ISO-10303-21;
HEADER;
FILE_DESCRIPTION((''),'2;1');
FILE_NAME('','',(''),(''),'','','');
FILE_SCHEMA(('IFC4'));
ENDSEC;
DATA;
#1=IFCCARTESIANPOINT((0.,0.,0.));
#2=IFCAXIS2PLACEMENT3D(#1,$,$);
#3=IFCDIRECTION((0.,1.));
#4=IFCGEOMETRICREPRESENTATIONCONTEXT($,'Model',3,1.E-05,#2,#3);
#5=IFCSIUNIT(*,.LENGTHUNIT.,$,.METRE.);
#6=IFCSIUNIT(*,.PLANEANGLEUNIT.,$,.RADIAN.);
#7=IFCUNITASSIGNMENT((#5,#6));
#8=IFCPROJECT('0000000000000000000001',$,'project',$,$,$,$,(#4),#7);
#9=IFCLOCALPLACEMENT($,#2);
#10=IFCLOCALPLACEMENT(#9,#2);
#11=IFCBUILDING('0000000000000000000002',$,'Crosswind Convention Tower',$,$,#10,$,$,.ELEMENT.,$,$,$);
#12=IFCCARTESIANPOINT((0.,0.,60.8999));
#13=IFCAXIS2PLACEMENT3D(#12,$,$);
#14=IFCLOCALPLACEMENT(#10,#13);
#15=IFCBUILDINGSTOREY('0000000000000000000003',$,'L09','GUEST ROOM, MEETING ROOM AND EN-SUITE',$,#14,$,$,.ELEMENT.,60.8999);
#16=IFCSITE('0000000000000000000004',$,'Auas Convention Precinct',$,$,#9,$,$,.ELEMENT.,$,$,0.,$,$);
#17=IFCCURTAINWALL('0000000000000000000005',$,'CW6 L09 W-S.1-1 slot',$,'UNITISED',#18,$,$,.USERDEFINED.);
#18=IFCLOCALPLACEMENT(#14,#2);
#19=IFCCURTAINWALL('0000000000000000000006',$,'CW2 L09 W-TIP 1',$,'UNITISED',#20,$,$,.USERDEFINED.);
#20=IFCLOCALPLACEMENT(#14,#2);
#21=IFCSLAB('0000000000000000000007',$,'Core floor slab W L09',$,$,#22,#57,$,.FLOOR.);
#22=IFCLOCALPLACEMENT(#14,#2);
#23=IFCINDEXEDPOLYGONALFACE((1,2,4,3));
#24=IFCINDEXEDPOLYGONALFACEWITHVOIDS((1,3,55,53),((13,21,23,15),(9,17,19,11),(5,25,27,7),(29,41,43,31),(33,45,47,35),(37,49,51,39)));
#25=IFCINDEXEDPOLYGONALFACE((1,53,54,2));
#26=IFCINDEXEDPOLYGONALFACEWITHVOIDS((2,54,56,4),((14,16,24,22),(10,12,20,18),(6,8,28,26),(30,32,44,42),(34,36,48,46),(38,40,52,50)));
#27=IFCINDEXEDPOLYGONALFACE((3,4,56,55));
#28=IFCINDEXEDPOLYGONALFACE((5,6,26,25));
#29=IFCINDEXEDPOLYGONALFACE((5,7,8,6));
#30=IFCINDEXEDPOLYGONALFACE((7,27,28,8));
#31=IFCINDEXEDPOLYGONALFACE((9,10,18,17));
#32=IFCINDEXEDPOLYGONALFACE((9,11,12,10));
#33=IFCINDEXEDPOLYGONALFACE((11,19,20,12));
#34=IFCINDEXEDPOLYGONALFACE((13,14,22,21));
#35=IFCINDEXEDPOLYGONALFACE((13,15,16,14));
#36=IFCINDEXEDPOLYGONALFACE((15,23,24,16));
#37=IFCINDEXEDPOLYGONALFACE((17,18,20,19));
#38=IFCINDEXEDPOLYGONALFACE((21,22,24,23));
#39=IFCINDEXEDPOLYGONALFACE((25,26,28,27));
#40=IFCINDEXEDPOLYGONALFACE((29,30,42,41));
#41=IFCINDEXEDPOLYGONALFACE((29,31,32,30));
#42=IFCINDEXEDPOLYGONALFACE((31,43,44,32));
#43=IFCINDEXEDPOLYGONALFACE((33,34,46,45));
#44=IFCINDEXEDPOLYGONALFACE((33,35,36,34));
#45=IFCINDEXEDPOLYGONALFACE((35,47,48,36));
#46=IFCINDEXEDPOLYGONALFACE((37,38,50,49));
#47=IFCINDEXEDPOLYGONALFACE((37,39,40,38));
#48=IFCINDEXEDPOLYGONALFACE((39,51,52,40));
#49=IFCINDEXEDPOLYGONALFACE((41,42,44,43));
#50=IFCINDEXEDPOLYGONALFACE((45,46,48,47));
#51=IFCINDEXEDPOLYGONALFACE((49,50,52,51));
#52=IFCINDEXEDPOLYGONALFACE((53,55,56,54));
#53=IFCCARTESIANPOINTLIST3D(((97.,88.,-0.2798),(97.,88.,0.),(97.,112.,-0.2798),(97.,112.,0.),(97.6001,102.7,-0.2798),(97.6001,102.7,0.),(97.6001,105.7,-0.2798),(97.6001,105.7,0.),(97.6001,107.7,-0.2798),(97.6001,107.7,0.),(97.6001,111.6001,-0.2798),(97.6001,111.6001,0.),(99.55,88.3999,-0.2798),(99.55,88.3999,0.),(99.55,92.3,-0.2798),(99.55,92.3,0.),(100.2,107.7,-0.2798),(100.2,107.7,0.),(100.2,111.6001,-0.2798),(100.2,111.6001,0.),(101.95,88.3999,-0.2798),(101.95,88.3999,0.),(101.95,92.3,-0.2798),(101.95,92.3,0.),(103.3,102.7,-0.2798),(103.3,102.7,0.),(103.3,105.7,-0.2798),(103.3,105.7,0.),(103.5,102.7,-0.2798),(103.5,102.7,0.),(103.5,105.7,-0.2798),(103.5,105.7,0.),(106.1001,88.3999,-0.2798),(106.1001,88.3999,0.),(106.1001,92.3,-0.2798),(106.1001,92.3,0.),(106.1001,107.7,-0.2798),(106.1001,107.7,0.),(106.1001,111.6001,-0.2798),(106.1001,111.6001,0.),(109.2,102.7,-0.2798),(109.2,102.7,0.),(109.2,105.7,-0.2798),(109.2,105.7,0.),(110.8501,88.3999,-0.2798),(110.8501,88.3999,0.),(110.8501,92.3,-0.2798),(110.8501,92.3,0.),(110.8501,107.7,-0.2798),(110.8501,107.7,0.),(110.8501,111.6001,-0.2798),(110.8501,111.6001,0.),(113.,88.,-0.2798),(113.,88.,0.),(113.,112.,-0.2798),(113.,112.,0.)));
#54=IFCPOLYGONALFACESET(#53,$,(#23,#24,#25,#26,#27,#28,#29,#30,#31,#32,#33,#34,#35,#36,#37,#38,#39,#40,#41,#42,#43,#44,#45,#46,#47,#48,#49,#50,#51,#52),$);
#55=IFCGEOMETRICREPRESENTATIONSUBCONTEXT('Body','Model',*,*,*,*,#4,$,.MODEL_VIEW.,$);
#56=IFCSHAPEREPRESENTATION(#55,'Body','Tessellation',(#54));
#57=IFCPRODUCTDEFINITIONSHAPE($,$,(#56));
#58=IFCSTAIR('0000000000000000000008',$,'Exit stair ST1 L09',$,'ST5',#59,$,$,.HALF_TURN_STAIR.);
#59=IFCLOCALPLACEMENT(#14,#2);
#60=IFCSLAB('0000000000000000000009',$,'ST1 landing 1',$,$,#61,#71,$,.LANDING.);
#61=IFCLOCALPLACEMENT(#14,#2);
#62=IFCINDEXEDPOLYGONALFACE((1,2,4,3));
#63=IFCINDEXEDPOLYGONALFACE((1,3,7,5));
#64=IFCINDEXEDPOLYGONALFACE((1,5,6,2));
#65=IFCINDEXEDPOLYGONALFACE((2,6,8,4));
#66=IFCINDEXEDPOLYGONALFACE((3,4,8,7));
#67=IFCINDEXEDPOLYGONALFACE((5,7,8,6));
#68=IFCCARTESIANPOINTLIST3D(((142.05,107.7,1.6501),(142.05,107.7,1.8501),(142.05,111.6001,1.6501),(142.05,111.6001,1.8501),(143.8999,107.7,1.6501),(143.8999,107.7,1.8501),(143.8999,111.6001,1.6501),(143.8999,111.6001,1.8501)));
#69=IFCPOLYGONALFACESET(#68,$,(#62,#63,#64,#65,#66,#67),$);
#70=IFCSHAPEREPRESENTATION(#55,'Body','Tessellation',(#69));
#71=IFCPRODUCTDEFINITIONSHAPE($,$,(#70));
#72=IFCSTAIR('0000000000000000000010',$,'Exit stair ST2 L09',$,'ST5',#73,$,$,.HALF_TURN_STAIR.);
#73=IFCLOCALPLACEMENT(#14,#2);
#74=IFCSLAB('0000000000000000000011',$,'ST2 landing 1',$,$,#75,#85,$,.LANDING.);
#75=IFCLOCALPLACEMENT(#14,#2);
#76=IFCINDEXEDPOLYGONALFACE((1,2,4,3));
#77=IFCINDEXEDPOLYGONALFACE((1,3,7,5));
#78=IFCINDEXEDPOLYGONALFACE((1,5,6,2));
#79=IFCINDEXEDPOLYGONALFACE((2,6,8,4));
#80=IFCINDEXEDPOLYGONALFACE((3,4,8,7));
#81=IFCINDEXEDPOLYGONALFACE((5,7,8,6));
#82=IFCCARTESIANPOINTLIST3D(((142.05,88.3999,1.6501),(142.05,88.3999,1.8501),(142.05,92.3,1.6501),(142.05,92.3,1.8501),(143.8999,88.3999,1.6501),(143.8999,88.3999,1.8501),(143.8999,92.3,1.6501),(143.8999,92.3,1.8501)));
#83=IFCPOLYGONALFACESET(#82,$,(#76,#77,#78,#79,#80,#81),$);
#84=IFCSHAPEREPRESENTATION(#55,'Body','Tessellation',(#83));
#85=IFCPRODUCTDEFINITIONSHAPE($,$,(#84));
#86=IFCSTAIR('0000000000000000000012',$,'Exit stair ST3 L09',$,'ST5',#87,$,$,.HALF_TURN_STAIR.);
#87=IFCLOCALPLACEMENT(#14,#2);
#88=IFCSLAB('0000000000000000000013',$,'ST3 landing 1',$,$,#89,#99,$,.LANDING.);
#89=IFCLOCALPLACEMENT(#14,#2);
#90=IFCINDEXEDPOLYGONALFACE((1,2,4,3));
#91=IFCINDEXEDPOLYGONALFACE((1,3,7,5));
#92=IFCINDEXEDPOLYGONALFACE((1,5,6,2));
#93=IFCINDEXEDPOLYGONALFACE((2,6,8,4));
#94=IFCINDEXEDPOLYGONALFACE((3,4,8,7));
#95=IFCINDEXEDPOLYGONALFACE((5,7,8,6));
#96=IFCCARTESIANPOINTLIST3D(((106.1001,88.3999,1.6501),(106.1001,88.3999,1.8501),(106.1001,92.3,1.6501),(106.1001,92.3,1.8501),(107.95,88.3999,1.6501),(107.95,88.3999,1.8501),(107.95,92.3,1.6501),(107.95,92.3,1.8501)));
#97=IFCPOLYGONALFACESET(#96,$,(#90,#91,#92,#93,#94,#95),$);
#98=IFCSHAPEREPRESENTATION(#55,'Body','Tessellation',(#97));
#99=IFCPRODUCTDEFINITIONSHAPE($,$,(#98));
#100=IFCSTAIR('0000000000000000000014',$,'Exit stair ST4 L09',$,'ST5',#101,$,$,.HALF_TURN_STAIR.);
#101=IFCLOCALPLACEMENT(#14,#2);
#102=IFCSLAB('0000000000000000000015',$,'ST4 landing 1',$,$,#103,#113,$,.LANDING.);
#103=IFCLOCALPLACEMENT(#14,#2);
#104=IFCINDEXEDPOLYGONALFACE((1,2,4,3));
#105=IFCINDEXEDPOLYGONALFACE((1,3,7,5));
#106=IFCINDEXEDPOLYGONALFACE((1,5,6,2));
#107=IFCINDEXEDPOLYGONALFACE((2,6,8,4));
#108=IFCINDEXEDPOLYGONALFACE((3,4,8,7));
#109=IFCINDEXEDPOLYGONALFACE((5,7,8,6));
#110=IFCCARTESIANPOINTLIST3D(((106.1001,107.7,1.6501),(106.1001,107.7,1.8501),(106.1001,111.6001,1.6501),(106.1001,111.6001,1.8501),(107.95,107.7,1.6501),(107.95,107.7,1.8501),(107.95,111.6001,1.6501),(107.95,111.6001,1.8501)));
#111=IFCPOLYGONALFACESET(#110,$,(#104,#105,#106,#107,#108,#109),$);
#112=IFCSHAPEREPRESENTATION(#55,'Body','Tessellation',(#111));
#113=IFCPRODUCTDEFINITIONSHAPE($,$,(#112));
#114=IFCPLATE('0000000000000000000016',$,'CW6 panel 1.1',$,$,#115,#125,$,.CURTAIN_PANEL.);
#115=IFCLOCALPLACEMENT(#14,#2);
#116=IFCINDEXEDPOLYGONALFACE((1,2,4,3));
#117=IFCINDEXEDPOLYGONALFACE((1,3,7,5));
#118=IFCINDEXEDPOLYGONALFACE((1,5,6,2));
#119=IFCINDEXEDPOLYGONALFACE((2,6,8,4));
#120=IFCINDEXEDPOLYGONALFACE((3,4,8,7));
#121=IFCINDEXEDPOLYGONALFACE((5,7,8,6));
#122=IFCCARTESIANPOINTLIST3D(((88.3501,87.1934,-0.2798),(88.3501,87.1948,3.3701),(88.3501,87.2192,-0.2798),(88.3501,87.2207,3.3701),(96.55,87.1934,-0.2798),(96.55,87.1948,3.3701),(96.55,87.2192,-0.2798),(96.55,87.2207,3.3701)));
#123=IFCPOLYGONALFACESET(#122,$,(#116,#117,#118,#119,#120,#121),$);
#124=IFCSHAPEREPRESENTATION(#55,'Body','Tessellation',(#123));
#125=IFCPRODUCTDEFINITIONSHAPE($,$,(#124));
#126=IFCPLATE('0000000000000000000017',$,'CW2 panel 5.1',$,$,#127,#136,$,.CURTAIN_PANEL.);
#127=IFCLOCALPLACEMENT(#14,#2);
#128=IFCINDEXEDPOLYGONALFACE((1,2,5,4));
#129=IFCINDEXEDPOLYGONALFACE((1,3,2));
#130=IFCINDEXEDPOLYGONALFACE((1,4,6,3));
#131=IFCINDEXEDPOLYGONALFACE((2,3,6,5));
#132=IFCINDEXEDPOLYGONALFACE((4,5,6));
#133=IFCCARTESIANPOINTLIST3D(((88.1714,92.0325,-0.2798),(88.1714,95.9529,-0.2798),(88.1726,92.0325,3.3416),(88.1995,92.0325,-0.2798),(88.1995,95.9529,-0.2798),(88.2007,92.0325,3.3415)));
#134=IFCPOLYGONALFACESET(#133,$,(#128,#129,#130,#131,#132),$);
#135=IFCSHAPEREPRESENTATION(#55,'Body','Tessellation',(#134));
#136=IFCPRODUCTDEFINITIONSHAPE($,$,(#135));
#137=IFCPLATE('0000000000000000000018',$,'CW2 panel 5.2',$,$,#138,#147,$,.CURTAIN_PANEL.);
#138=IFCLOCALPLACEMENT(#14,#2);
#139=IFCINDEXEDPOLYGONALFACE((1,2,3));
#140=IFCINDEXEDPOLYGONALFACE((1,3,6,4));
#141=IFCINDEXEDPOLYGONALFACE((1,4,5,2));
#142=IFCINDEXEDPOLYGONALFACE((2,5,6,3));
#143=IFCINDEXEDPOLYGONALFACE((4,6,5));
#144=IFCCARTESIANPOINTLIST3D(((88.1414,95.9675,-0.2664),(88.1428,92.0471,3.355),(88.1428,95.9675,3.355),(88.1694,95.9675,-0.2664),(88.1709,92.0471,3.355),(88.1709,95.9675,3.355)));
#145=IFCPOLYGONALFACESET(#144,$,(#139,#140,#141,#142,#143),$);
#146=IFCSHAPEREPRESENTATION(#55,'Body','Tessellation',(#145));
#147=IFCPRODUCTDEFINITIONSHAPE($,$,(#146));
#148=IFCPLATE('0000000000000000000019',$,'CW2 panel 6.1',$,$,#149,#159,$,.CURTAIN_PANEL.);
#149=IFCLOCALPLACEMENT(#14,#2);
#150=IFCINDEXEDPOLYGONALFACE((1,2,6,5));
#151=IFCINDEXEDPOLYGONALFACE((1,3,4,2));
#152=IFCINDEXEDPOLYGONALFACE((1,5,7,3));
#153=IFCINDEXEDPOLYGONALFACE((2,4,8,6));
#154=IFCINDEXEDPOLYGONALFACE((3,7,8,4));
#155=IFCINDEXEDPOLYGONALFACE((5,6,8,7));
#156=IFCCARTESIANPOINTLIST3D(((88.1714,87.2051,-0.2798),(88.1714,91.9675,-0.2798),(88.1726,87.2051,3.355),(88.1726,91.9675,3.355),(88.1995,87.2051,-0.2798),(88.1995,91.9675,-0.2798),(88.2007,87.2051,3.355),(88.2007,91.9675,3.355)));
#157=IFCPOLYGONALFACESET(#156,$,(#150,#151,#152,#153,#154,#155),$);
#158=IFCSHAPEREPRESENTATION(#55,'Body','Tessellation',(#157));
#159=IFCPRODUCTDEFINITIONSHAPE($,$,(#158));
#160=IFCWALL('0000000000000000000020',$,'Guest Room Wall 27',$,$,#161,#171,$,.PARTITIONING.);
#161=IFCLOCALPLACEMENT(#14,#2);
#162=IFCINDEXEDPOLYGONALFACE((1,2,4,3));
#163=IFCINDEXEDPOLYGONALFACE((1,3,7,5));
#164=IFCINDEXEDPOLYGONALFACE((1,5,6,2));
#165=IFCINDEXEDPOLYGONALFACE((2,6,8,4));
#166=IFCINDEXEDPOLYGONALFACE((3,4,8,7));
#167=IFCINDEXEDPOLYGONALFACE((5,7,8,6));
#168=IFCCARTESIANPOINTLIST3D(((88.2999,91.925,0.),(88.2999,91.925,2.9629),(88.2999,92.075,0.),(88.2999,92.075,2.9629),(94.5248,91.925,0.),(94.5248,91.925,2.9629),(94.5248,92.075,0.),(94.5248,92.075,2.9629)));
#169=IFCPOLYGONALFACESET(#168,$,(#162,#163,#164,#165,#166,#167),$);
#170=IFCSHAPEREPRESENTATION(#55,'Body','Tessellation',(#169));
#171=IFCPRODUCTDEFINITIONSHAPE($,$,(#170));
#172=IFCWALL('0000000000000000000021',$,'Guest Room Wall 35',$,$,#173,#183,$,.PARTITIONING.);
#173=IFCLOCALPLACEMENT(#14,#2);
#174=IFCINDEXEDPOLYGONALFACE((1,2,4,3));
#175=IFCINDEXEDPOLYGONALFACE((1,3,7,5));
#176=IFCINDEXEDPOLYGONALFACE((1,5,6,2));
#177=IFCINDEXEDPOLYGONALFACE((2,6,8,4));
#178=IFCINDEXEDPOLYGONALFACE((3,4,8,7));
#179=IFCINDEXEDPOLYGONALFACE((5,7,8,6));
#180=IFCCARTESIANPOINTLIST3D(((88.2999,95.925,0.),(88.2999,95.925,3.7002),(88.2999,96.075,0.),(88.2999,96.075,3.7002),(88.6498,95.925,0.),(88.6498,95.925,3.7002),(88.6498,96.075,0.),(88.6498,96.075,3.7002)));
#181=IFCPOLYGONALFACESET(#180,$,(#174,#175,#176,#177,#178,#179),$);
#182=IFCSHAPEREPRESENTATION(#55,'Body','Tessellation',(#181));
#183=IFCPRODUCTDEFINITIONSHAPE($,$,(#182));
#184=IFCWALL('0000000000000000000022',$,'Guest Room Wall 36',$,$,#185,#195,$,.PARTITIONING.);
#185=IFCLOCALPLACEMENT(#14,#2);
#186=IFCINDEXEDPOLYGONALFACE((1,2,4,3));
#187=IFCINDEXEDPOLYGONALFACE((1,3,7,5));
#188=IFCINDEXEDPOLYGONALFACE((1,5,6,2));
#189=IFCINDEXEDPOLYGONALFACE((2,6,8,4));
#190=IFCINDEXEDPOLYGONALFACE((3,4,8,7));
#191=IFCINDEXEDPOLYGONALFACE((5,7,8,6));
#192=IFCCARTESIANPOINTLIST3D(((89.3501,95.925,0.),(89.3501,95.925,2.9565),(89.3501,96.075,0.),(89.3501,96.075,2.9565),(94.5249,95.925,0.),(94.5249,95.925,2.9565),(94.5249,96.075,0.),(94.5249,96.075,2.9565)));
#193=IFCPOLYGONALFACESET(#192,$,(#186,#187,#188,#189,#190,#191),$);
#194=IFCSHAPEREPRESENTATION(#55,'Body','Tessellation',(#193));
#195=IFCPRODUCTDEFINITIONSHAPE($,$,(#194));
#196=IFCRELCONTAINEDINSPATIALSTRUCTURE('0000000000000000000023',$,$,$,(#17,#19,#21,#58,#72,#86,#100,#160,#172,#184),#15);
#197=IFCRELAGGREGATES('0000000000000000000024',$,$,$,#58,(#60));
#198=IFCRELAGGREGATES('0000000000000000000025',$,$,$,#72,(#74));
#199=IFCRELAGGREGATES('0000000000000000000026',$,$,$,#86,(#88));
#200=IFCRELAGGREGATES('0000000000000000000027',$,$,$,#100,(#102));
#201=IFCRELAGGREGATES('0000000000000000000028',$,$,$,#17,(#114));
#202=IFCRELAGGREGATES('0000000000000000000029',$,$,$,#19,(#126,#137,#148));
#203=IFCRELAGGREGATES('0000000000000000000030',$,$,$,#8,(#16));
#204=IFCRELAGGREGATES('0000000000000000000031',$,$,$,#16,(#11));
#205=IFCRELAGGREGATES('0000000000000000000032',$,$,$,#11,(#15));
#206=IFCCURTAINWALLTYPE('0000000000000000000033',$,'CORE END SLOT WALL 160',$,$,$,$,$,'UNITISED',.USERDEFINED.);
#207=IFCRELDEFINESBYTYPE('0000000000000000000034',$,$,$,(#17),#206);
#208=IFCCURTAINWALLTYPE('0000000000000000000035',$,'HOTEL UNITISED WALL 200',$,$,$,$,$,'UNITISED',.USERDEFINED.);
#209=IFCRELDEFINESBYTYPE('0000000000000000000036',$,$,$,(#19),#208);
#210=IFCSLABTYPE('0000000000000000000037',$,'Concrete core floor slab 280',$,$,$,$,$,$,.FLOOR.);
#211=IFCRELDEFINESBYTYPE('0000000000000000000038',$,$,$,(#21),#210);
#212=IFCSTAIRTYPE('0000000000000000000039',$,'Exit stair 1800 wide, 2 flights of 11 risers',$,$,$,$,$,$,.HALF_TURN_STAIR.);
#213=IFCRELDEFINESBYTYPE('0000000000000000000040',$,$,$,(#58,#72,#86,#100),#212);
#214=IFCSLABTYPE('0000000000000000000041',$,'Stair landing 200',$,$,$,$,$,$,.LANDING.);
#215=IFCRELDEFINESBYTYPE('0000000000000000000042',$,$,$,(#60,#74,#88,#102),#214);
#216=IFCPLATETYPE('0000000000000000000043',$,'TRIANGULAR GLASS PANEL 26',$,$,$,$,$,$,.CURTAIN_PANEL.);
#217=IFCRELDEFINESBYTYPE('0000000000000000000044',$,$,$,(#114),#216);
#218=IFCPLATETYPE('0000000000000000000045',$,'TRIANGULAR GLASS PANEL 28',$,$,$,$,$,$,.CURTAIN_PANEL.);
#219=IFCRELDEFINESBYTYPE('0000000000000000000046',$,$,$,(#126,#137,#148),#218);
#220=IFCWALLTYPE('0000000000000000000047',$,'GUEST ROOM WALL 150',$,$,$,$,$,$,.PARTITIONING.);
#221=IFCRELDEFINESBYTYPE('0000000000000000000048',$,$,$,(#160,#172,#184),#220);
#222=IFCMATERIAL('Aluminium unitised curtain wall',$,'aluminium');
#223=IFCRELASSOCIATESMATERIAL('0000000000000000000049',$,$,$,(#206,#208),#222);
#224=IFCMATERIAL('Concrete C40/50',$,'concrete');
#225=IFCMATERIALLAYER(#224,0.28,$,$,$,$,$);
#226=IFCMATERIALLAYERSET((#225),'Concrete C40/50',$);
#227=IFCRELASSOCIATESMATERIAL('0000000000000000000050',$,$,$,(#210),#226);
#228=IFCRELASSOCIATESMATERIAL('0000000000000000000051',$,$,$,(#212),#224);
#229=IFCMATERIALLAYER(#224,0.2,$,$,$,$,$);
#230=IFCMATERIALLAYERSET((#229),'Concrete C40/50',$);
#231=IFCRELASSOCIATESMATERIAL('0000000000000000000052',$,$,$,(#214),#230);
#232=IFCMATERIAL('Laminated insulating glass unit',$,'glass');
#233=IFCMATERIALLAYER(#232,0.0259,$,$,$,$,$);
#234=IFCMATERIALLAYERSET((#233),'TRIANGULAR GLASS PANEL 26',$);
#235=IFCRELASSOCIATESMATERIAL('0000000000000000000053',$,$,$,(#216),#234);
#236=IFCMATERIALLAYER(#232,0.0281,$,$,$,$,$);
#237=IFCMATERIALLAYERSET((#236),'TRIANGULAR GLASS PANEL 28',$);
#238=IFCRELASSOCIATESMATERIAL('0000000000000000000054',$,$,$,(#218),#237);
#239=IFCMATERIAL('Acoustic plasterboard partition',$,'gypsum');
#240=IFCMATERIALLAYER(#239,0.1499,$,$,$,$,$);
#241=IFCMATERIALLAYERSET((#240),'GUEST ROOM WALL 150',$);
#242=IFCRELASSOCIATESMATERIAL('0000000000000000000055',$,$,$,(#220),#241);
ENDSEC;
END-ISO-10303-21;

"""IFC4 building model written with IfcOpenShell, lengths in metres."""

from ifc_helpers import new_model, si_unit, direction, frame, frame_2d, origin, place, context, subcontext, project, spatial, polyline, rectangle, outline, extrude, material, layer, layer_set, type_object, element, aggregate, save


model = new_model("IFC4")

# Units and contexts
model_context = context("Model", 3, precision=1e-05, world=origin(), true_north=direction((0.0, 1.0)))
body_context = subcontext(model_context, "Body", "Model", "MODEL_VIEW")
ifc_project = project(units=[si_unit("LENGTHUNIT", "METRE"), si_unit("PLANEANGLEUNIT", "RADIAN")], contexts=[model_context])

# Site, building, storey
site_placement = place(None, origin())
site = spatial("IfcSite", under=ifc_project, at=site_placement, Name="Auas Convention Precinct", CompositionType="ELEMENT", RefElevation=0.0)
building_placement = place(site_placement, origin())
building = spatial("IfcBuilding", under=site, at=building_placement, Name="Crosswind Convention Tower", CompositionType="ELEMENT")
storey_placement = place(building_placement, frame((0.0, 0.0, 60.8999)))
storey = spatial("IfcBuildingStorey", under=building, at=storey_placement, Name="L09", Description="GUEST ROOM, MEETING ROOM AND EN-SUITE", CompositionType="ELEMENT", Elevation=60.8999)

# Curtain wall
ifc_material_1 = material(Name="Aluminium unitised curtain wall", Category="aluminium")
curtain_wall_type_1 = type_object("IfcCurtainWallType", Name="CORE END SLOT WALL 160", ElementType="UNITISED", PredefinedType="USERDEFINED", material=ifc_material_1)
curtain_wall_1_placement = place(storey_placement, origin())
curtain_wall_1 = element("IfcCurtainWall", 1, at=curtain_wall_1_placement, inside=storey, type_object=curtain_wall_type_1, Name="CW6 L09 W-S.1-1 slot", ObjectType="UNITISED", PredefinedType="USERDEFINED")

# Curtain wall
curtain_wall_type_2 = type_object("IfcCurtainWallType", Name="HOTEL UNITISED WALL 200", ElementType="UNITISED", PredefinedType="USERDEFINED", material=ifc_material_1)
curtain_wall_2_placement = place(storey_placement, origin())
curtain_wall_2 = element("IfcCurtainWall", 2, at=curtain_wall_2_placement, inside=storey, type_object=curtain_wall_type_2, Name="CW2 L09 W-TIP 1", ObjectType="UNITISED", PredefinedType="USERDEFINED")

# Slab
ifc_material_2 = material(Name="Concrete C40/50", Category="concrete")
ifc_layer_1 = layer(ifc_material_2, 0.28)
ifc_layer_set_1 = layer_set([ifc_layer_1], Name="Concrete C40/50")
slab_type_1 = type_object("IfcSlabType", Name="Concrete core floor slab 280", PredefinedType="FLOOR", material=ifc_layer_set_1)
slab_1_placement = place(storey_placement, frame((0.0, 0.0, -0.2798)))
element("IfcSlab", 3, at=slab_1_placement, inside=storey, type_object=slab_type_1, Name="Core floor slab W L09", PredefinedType="FLOOR", context=body_context, shape_type="SweptSolid", body=[
    extrude(outline(polyline([(97.0, 88.0), (113.0, 88.0), (113.0, 112.0), (97.0, 112.0), (97.0, 88.0)]), holes=[polyline([(109.2, 102.7), (109.2, 105.7), (103.5, 105.7), (103.5, 102.7), (109.2, 102.7)]), polyline([(103.3, 102.7), (103.3, 105.7), (97.6001, 105.7), (97.6001, 102.7), (103.3, 102.7)]), polyline([(101.95, 88.3999), (101.95, 92.3), (99.55, 92.3), (99.55, 88.3999), (101.95, 88.3999)]), polyline([(100.2, 107.7), (100.2, 111.6001), (97.6001, 111.6001), (97.6001, 107.7), (100.2, 107.7)]), polyline([(110.8501, 88.3999), (110.8501, 92.3), (106.1001, 92.3), (106.1001, 88.3999), (110.8501, 88.3999)]), polyline([(110.8501, 107.7), (110.8501, 111.6001), (106.1001, 111.6001), (106.1001, 107.7), (110.8501, 107.7)])]), origin(), (0.0, 0.0, 1.0), 0.2798),
])

# Stairs, slabs
stair_type = type_object("IfcStairType", Name="Exit stair 1800 wide, 2 flights of 11 risers", PredefinedType="HALF_TURN_STAIR", material=ifc_material_2)
stair_1_placement = place(storey_placement, origin())
stair_1 = element("IfcStair", 4, at=stair_1_placement, inside=storey, type_object=stair_type, Name="Exit stair ST1 L09", ObjectType="ST5", PredefinedType="HALF_TURN_STAIR")
ifc_layer_2 = layer(ifc_material_2, 0.2)
ifc_layer_set_2 = layer_set([ifc_layer_2], Name="Concrete C40/50")
slab_type_2 = type_object("IfcSlabType", Name="Stair landing 200", PredefinedType="LANDING", material=ifc_layer_set_2)
slab_2_placement = place(storey_placement, frame((0.0, 0.0, 1.6501)))
slab_2 = element("IfcSlab", 5, at=slab_2_placement, type_object=slab_type_2, Name="ST1 landing 1", PredefinedType="LANDING", context=body_context, shape_type="SweptSolid", body=[
    extrude(outline(polyline([(143.8999, 107.7), (143.8999, 111.6001), (142.05, 111.6001), (142.05, 107.7), (143.8999, 107.7)])), origin(), (0.0, 0.0, 1.0), 0.2),
])
aggregate(stair_1, [slab_2])
stair_2_placement = place(storey_placement, origin())
stair_2 = element("IfcStair", 6, at=stair_2_placement, inside=storey, type_object=stair_type, Name="Exit stair ST2 L09", ObjectType="ST5", PredefinedType="HALF_TURN_STAIR")
slab_3_placement = place(storey_placement, frame((0.0, 0.0, 1.6501)))
slab_3 = element("IfcSlab", 7, at=slab_3_placement, type_object=slab_type_2, Name="ST2 landing 1", PredefinedType="LANDING", context=body_context, shape_type="SweptSolid", body=[
    extrude(outline(polyline([(143.8999, 88.3999), (143.8999, 92.3), (142.05, 92.3), (142.05, 88.3999), (143.8999, 88.3999)])), origin(), (0.0, 0.0, 1.0), 0.2),
])
aggregate(stair_2, [slab_3])
stair_3_placement = place(storey_placement, origin())
stair_3 = element("IfcStair", 8, at=stair_3_placement, inside=storey, type_object=stair_type, Name="Exit stair ST3 L09", ObjectType="ST5", PredefinedType="HALF_TURN_STAIR")
slab_4_placement = place(storey_placement, frame((0.0, 0.0, 1.6501)))
slab_4 = element("IfcSlab", 9, at=slab_4_placement, type_object=slab_type_2, Name="ST3 landing 1", PredefinedType="LANDING", context=body_context, shape_type="SweptSolid", body=[
    extrude(outline(polyline([(107.95, 88.3999), (107.95, 92.3), (106.1001, 92.3), (106.1001, 88.3999), (107.95, 88.3999)])), origin(), (0.0, 0.0, 1.0), 0.2),
])
aggregate(stair_3, [slab_4])
stair_4_placement = place(storey_placement, origin())
stair_4 = element("IfcStair", 10, at=stair_4_placement, inside=storey, type_object=stair_type, Name="Exit stair ST4 L09", ObjectType="ST5", PredefinedType="HALF_TURN_STAIR")
slab_5_placement = place(storey_placement, frame((0.0, 0.0, 1.6501)))
slab_5 = element("IfcSlab", 11, at=slab_5_placement, type_object=slab_type_2, Name="ST4 landing 1", PredefinedType="LANDING", context=body_context, shape_type="SweptSolid", body=[
    extrude(outline(polyline([(107.95, 107.7), (107.95, 111.6001), (106.1001, 111.6001), (106.1001, 107.7), (107.95, 107.7)])), origin(), (0.0, 0.0, 1.0), 0.2),
])
aggregate(stair_4, [slab_5])

# Plates
ifc_material_3 = material(Name="Laminated insulating glass unit", Category="glass")
ifc_layer_3 = layer(ifc_material_3, 0.0259)
ifc_layer_set_3 = layer_set([ifc_layer_3], Name="TRIANGULAR GLASS PANEL 26")
plate_type_1 = type_object("IfcPlateType", Name="TRIANGULAR GLASS PANEL 26", PredefinedType="CURTAIN_PANEL", material=ifc_layer_set_3)
plate_1_placement = place(storey_placement, frame((88.3501, 87.1934, -0.2798), z_axis=(0.0, -1.0, 0.000401), x_axis=(1.0, 0.0, 0.0)))
plate_1 = element("IfcPlate", 12, at=plate_1_placement, type_object=plate_type_1, Name="CW6 panel 1.1", PredefinedType="CURTAIN_PANEL", context=body_context, shape_type="SweptSolid", body=[
    extrude(outline(polyline([(0.0, 0.0), (8.2, 0.0), (8.2, 3.6499), (0.0, 3.6499), (0.0, 0.0)])), origin(), (0.0, 0.0, -1.0), 0.0259),
])
aggregate(curtain_wall_1, [plate_1])
ifc_layer_4 = layer(ifc_material_3, 0.0281)
ifc_layer_set_4 = layer_set([ifc_layer_4], Name="TRIANGULAR GLASS PANEL 28")
plate_type_2 = type_object("IfcPlateType", Name="TRIANGULAR GLASS PANEL 28", PredefinedType="CURTAIN_PANEL", material=ifc_layer_set_4)
plate_2_placement = place(storey_placement, frame((88.1714, 92.0325, -0.2798), z_axis=(-1.0, 0.0, 0.000337), x_axis=(0.000337, 0.0, 1.0)))
plate_2 = element("IfcPlate", 13, at=plate_2_placement, type_object=plate_type_2, Name="CW2 panel 5.1", PredefinedType="CURTAIN_PANEL", context=body_context, shape_type="SweptSolid", body=[
    extrude(outline(polyline([(0.0, 0.0), (3.6213, 0.0), (0.0, 3.9204), (0.0, 0.0)])), origin(), (0.0, 0.0, -1.0), 0.0281),
])
plate_3_placement = place(storey_placement, frame((88.1428, 95.9675, 3.355), z_axis=(-1.0, 0.0, 0.000405), x_axis=(-0.000405, 0.0, -1.0)))
plate_3 = element("IfcPlate", 14, at=plate_3_placement, type_object=plate_type_2, Name="CW2 panel 5.2", PredefinedType="CURTAIN_PANEL", context=body_context, shape_type="SweptSolid", body=[
    extrude(outline(polyline([(0.0, 0.0), (3.6213, 0.0), (0.0, 3.9204), (0.0, 0.0)])), origin(), (0.0, 0.0, -1.0), 0.0281),
])
plate_4_placement = place(storey_placement, frame((88.1714, 91.9675, -0.2798), z_axis=(-1.0, 0.0, 0.000336), x_axis=(0.0, -1.0, 0.0)))
plate_4 = element("IfcPlate", 15, at=plate_4_placement, type_object=plate_type_2, Name="CW2 panel 6.1", PredefinedType="CURTAIN_PANEL", context=body_context, shape_type="SweptSolid", body=[
    extrude(outline(polyline([(0.0, 0.0), (4.7625, 0.0), (4.7625, 3.6348), (0.0, 3.6348), (0.0, 0.0)])), origin(), (0.0, 0.0, -1.0), 0.0281),
])
aggregate(curtain_wall_2, [plate_2, plate_3, plate_4])

# Walls
ifc_material_4 = material(Name="Acoustic plasterboard partition", Category="gypsum")
ifc_layer_5 = layer(ifc_material_4, 0.1499)
ifc_layer_set_5 = layer_set([ifc_layer_5], Name="GUEST ROOM WALL 150")
wall_type_1 = type_object("IfcWallType", Name="GUEST ROOM WALL 150", PredefinedType="PARTITIONING", material=ifc_layer_set_5)
wall_1_placement = place(storey_placement, frame((88.3, 92.0, 0.0), z_axis=(0.0, 0.0, 1.0), x_axis=(1.0, 0.0, 0.0)))
element("IfcWall", 16, at=wall_1_placement, inside=storey, type_object=wall_type_1, Name="Guest Room Wall 27", PredefinedType="PARTITIONING", context=body_context, shape_type="SweptSolid", body=[
    extrude(rectangle(XDim=6.2249, YDim=0.1499, at=frame_2d((3.1123, 0.0))), origin(), (0.0, 0.0, 1.0), 2.9629),
])
wall_2_placement = place(storey_placement, frame((88.3, 96.0, 0.0), z_axis=(0.0, 0.0, 1.0), x_axis=(1.0, 0.0, 0.0)))
element("IfcWall", 17, at=wall_2_placement, inside=storey, type_object=wall_type_1, Name="Guest Room Wall 35", PredefinedType="PARTITIONING", context=body_context, shape_type="SweptSolid", body=[
    extrude(rectangle(XDim=0.3499, YDim=0.1499, at=frame_2d((0.1748, 0.0))), origin(), (0.0, 0.0, 1.0), 3.7002),
])
wall_3_placement = place(storey_placement, frame((89.3501, 96.0, 0.0), z_axis=(0.0, 0.0, 1.0), x_axis=(1.0, 0.0, 0.0)))
element("IfcWall", 18, at=wall_3_placement, inside=storey, type_object=wall_type_1, Name="Guest Room Wall 36", PredefinedType="PARTITIONING", context=body_context, shape_type="SweptSolid", body=[
    extrude(rectangle(XDim=5.1748, YDim=0.1499, at=frame_2d((2.5874, 0.0))), origin(), (0.0, 0.0, 1.0), 2.9565),
])

save(model, "model.ifc")
